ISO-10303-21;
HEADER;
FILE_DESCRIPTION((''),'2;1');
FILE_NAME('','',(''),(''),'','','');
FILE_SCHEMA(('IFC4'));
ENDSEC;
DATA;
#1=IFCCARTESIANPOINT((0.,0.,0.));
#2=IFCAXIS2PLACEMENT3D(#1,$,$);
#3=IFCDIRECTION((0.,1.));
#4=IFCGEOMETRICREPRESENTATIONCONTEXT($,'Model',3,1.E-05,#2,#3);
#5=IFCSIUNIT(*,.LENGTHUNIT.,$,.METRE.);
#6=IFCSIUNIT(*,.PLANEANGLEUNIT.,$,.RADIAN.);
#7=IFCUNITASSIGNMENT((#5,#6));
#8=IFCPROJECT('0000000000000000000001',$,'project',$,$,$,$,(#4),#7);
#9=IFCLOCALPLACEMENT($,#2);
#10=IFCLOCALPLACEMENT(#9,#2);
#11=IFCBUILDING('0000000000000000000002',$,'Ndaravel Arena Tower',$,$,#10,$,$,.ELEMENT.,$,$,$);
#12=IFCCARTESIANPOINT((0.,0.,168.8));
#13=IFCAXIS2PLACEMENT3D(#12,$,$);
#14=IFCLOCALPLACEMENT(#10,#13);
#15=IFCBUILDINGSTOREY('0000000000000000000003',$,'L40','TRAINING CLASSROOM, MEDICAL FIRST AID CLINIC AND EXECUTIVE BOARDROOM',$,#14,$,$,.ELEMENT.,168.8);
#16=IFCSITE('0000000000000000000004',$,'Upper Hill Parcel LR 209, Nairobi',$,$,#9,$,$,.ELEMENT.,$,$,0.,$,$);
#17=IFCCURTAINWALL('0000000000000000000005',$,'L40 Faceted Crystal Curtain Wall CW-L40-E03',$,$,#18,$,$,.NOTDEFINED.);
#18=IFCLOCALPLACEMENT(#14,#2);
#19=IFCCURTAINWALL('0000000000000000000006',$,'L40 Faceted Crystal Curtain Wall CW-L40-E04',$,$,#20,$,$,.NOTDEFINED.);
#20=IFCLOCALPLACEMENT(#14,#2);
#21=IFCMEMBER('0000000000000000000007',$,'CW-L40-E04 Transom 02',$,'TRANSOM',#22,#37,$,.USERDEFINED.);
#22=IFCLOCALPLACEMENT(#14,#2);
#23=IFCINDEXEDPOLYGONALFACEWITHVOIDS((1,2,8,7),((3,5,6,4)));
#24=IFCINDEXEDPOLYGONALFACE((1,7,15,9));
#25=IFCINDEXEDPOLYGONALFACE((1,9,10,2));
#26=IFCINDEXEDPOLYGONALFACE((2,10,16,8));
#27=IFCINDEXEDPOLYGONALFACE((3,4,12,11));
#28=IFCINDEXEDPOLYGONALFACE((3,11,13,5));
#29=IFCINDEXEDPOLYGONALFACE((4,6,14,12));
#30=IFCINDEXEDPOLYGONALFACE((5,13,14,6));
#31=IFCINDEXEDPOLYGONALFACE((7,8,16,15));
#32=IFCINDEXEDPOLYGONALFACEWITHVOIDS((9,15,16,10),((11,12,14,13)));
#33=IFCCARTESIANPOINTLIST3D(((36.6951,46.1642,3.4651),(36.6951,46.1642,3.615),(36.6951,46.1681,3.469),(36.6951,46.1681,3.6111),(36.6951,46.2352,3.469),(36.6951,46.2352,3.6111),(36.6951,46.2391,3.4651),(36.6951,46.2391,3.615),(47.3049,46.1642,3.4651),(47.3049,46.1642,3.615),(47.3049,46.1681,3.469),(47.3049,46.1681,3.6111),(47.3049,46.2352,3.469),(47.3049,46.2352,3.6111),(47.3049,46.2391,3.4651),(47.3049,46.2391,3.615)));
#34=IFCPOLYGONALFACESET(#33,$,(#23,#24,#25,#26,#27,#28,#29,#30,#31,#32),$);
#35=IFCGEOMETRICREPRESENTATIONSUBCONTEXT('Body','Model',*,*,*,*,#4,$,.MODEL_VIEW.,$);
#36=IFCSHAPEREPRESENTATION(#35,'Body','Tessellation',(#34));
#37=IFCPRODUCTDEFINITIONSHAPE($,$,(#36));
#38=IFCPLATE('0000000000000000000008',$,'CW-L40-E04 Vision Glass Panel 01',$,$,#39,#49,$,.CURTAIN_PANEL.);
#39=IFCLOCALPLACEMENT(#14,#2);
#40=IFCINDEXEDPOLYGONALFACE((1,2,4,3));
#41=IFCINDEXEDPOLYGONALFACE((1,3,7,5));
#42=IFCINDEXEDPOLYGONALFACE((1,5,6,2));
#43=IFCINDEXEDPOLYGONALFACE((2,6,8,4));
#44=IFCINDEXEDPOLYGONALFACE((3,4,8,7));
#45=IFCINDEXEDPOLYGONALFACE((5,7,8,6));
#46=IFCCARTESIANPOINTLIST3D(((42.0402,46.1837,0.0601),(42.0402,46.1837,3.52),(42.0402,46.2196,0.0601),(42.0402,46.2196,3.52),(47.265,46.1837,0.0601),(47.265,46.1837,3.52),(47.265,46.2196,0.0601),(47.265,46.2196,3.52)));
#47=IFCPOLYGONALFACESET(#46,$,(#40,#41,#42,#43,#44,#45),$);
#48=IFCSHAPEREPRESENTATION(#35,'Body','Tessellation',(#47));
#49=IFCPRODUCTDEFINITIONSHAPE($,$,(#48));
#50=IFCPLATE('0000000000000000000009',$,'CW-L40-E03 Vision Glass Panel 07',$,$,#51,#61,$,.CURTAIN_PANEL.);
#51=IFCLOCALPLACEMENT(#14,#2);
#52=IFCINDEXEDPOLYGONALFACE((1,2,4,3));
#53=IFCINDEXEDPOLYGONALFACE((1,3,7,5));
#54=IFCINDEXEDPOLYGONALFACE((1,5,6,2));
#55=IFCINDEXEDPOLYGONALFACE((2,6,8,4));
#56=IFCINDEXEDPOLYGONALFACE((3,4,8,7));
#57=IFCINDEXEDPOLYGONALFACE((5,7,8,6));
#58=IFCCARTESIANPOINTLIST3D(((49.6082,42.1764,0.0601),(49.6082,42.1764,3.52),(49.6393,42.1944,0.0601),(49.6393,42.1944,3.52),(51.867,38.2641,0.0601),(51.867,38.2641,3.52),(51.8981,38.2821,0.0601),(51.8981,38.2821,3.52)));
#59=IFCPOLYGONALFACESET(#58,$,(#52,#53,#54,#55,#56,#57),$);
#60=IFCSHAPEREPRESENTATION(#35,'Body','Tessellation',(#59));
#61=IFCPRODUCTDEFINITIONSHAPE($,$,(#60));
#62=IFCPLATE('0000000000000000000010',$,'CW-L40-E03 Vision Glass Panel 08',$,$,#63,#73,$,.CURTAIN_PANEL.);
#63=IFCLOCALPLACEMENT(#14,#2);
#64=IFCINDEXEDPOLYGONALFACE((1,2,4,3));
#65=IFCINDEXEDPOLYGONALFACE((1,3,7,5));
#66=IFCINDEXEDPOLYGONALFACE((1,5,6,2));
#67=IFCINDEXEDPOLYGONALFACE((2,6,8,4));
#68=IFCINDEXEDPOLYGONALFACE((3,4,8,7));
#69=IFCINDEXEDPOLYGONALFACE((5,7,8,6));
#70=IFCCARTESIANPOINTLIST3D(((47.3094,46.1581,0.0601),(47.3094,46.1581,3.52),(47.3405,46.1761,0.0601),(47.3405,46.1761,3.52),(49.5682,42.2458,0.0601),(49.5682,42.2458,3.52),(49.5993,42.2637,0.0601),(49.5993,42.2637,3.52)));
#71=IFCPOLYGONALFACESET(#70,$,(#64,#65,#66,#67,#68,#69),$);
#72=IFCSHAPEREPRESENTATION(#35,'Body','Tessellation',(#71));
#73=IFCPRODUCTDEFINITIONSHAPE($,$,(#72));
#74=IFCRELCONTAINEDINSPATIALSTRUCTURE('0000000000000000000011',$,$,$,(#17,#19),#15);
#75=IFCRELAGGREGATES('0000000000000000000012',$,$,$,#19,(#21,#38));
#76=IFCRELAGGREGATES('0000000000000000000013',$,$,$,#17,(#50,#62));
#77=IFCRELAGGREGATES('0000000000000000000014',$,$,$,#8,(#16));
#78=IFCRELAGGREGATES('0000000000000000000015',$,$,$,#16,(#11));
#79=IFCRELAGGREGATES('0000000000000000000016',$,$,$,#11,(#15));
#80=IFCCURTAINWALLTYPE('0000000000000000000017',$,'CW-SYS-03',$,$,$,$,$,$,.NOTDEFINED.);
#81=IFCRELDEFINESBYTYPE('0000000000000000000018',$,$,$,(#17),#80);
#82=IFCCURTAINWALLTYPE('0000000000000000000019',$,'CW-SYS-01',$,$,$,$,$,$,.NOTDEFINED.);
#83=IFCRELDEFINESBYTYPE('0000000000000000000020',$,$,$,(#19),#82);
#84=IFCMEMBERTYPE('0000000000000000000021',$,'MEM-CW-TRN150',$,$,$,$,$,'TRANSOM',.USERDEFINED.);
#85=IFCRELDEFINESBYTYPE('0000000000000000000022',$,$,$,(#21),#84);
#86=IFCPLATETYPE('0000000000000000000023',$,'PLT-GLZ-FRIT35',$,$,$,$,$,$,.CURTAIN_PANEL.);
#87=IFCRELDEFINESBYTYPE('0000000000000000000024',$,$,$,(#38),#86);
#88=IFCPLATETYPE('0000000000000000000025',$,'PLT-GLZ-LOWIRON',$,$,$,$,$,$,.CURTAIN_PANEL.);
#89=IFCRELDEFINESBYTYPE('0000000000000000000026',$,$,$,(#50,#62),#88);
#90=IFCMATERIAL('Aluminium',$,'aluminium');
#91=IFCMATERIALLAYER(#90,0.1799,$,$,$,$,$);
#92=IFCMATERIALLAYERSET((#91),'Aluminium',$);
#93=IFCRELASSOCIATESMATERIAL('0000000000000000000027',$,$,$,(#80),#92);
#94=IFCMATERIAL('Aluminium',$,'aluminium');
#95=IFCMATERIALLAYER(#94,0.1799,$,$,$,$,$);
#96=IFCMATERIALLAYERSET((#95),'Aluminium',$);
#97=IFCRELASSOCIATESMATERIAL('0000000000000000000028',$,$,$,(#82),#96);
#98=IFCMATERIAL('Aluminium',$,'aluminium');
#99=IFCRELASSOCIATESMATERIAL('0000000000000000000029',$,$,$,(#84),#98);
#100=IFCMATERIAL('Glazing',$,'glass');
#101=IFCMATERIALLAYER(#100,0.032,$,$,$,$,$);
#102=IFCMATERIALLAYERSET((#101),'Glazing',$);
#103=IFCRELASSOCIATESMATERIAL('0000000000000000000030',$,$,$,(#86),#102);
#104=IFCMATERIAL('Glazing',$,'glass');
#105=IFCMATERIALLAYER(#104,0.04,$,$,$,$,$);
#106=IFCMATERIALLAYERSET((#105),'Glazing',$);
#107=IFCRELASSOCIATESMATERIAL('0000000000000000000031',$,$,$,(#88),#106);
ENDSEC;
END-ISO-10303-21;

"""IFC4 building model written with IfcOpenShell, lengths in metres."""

from ifc_helpers import new_model, si_unit, direction, frame, origin, origin_2d, place, context, subcontext, project, spatial, rectangle, hollow_rectangle, extrude, material, layer, layer_set, material_profile, profile_set, type_object, element, aggregate, save


model = new_model("IFC4")

# Units and contexts
model_context = context("Model", 3, precision=1e-05, world=origin(), true_north=direction((0.0, 1.0)))
body_context = subcontext(model_context, "Body", "Model", "MODEL_VIEW")
ifc_project = project(units=[si_unit("LENGTHUNIT", "METRE"), si_unit("PLANEANGLEUNIT", "RADIAN")], contexts=[model_context])

# Site, building, storey
site_placement = place(None, origin())
site = spatial("IfcSite", under=ifc_project, at=site_placement, Name="Upper Hill Parcel LR 209, Nairobi", CompositionType="ELEMENT", RefElevation=0.0)
building_placement = place(site_placement, origin())
building = spatial("IfcBuilding", under=site, at=building_placement, Name="Ndaravel Arena Tower", CompositionType="ELEMENT")
storey_placement = place(building_placement, frame((0.0, 0.0, 168.8)))
storey = spatial("IfcBuildingStorey", under=building, at=storey_placement, Name="L40", Description="TRAINING CLASSROOM, MEDICAL FIRST AID CLINIC AND EXECUTIVE BOARDROOM", CompositionType="ELEMENT", Elevation=168.8)

# Curtain wall
ifc_material_1 = material(Name="Aluminium", Category="aluminium")
ifc_layer_1 = layer(ifc_material_1, 0.1799)
ifc_layer_set_1 = layer_set([ifc_layer_1], Name="Aluminium")
curtain_wall_type_1 = type_object("IfcCurtainWallType", Name="CW-SYS-03", PredefinedType="NOTDEFINED", material=ifc_layer_set_1)
curtain_wall_1_placement = place(storey_placement, origin())
curtain_wall_1 = element("IfcCurtainWall", 1, at=curtain_wall_1_placement, inside=storey, type_object=curtain_wall_type_1, Name="L40 Faceted Crystal Curtain Wall CW-L40-E03", PredefinedType="NOTDEFINED")

# Curtain wall, member, plate
ifc_material_2 = material(Name="Aluminium", Category="aluminium")
ifc_layer_2 = layer(ifc_material_2, 0.1799)
ifc_layer_set_2 = layer_set([ifc_layer_2], Name="Aluminium")
curtain_wall_type_2 = type_object("IfcCurtainWallType", Name="CW-SYS-01", PredefinedType="NOTDEFINED", material=ifc_layer_set_2)
curtain_wall_2_placement = place(storey_placement, origin())
curtain_wall_2 = element("IfcCurtainWall", 2, at=curtain_wall_2_placement, inside=storey, type_object=curtain_wall_type_2, Name="L40 Faceted Crystal Curtain Wall CW-L40-E04", PredefinedType="NOTDEFINED")
ifc_material_3 = material(Name="Aluminium", Category="aluminium")
ifc_material_profile_1 = material_profile(ifc_material_3, hollow_rectangle(XDim=0.075, YDim=0.1499, WallThickness=0.0039, at=origin_2d()), Name="CW TRANSOM 75x150x4")
ifc_profile_set_1 = profile_set([ifc_material_profile_1], Name="Aluminium")
member_type_1 = type_object("IfcMemberType", Name="MEM-CW-TRN150", ElementType="TRANSOM", PredefinedType="USERDEFINED", material=ifc_profile_set_1)
member_1_placement = place(storey_placement, frame((47.3049, 46.2017, 3.54), z_axis=(-1.0, 0.0, 0.0), x_axis=(0.0, -1.0, 0.0)))
member_1 = element("IfcMember", 3, at=member_1_placement, type_object=member_type_1, Name="CW-L40-E04 Transom 02", ObjectType="TRANSOM", PredefinedType="USERDEFINED", context=body_context, shape_type="SweptSolid", body=[
    extrude(hollow_rectangle(XDim=0.075, YDim=0.1499, WallThickness=0.0039, at=origin_2d()), origin(), (0.0, 0.0, 1.0), 10.6099),
])
ifc_material_4 = material(Name="Glazing", Category="glass")
ifc_layer_3 = layer(ifc_material_4, 0.032)
ifc_layer_set_3 = layer_set([ifc_layer_3], Name="Glazing")
plate_type_1 = type_object("IfcPlateType", Name="PLT-GLZ-FRIT35", PredefinedType="CURTAIN_PANEL", material=ifc_layer_set_3)
plate_1_placement = place(storey_placement, frame((44.6526, 46.2017, 0.0601), z_axis=(0.0, 0.0, 1.0), x_axis=(-1.0, 0.0, 0.0)))
plate_1 = element("IfcPlate", 4, at=plate_1_placement, type_object=plate_type_1, Name="CW-L40-E04 Vision Glass Panel 01", PredefinedType="CURTAIN_PANEL", context=body_context, shape_type="SweptSolid", body=[
    extrude(rectangle(XDim=5.2249, YDim=0.0359, at=origin_2d()), origin(), (0.0, 0.0, 1.0), 3.46),
])
aggregate(curtain_wall_2, [member_1, plate_1])

# Plates
ifc_material_5 = material(Name="Glazing", Category="glass")
ifc_layer_4 = layer(ifc_material_5, 0.04)
ifc_layer_set_4 = layer_set([ifc_layer_4], Name="Glazing")
plate_type_2 = type_object("IfcPlateType", Name="PLT-GLZ-LOWIRON", PredefinedType="CURTAIN_PANEL", material=ifc_layer_set_4)
plate_2_placement = place(storey_placement, frame((50.7532, 40.2292, 0.0601), z_axis=(0.0, 0.0, 1.0), x_axis=(-0.5, 0.866025, 0.0)))
plate_2 = element("IfcPlate", 5, at=plate_2_placement, type_object=plate_type_2, Name="CW-L40-E03 Vision Glass Panel 07", PredefinedType="CURTAIN_PANEL", context=body_context, shape_type="SweptSolid", body=[
    extrude(rectangle(XDim=4.5176, YDim=0.0359, at=origin_2d()), origin(), (0.0, 0.0, 1.0), 3.46),
])
plate_3_placement = place(storey_placement, frame((48.4543, 44.2109, 0.0601), z_axis=(0.0, 0.0, 1.0), x_axis=(-0.5, 0.866025, 0.0)))
plate_3 = element("IfcPlate", 6, at=plate_3_placement, type_object=plate_type_2, Name="CW-L40-E03 Vision Glass Panel 08", PredefinedType="CURTAIN_PANEL", context=body_context, shape_type="SweptSolid", body=[
    extrude(rectangle(XDim=4.5176, YDim=0.0359, at=origin_2d()), origin(), (0.0, 0.0, 1.0), 3.46),
])
aggregate(curtain_wall_1, [plate_2, plate_3])

save(model, "model.ifc")
